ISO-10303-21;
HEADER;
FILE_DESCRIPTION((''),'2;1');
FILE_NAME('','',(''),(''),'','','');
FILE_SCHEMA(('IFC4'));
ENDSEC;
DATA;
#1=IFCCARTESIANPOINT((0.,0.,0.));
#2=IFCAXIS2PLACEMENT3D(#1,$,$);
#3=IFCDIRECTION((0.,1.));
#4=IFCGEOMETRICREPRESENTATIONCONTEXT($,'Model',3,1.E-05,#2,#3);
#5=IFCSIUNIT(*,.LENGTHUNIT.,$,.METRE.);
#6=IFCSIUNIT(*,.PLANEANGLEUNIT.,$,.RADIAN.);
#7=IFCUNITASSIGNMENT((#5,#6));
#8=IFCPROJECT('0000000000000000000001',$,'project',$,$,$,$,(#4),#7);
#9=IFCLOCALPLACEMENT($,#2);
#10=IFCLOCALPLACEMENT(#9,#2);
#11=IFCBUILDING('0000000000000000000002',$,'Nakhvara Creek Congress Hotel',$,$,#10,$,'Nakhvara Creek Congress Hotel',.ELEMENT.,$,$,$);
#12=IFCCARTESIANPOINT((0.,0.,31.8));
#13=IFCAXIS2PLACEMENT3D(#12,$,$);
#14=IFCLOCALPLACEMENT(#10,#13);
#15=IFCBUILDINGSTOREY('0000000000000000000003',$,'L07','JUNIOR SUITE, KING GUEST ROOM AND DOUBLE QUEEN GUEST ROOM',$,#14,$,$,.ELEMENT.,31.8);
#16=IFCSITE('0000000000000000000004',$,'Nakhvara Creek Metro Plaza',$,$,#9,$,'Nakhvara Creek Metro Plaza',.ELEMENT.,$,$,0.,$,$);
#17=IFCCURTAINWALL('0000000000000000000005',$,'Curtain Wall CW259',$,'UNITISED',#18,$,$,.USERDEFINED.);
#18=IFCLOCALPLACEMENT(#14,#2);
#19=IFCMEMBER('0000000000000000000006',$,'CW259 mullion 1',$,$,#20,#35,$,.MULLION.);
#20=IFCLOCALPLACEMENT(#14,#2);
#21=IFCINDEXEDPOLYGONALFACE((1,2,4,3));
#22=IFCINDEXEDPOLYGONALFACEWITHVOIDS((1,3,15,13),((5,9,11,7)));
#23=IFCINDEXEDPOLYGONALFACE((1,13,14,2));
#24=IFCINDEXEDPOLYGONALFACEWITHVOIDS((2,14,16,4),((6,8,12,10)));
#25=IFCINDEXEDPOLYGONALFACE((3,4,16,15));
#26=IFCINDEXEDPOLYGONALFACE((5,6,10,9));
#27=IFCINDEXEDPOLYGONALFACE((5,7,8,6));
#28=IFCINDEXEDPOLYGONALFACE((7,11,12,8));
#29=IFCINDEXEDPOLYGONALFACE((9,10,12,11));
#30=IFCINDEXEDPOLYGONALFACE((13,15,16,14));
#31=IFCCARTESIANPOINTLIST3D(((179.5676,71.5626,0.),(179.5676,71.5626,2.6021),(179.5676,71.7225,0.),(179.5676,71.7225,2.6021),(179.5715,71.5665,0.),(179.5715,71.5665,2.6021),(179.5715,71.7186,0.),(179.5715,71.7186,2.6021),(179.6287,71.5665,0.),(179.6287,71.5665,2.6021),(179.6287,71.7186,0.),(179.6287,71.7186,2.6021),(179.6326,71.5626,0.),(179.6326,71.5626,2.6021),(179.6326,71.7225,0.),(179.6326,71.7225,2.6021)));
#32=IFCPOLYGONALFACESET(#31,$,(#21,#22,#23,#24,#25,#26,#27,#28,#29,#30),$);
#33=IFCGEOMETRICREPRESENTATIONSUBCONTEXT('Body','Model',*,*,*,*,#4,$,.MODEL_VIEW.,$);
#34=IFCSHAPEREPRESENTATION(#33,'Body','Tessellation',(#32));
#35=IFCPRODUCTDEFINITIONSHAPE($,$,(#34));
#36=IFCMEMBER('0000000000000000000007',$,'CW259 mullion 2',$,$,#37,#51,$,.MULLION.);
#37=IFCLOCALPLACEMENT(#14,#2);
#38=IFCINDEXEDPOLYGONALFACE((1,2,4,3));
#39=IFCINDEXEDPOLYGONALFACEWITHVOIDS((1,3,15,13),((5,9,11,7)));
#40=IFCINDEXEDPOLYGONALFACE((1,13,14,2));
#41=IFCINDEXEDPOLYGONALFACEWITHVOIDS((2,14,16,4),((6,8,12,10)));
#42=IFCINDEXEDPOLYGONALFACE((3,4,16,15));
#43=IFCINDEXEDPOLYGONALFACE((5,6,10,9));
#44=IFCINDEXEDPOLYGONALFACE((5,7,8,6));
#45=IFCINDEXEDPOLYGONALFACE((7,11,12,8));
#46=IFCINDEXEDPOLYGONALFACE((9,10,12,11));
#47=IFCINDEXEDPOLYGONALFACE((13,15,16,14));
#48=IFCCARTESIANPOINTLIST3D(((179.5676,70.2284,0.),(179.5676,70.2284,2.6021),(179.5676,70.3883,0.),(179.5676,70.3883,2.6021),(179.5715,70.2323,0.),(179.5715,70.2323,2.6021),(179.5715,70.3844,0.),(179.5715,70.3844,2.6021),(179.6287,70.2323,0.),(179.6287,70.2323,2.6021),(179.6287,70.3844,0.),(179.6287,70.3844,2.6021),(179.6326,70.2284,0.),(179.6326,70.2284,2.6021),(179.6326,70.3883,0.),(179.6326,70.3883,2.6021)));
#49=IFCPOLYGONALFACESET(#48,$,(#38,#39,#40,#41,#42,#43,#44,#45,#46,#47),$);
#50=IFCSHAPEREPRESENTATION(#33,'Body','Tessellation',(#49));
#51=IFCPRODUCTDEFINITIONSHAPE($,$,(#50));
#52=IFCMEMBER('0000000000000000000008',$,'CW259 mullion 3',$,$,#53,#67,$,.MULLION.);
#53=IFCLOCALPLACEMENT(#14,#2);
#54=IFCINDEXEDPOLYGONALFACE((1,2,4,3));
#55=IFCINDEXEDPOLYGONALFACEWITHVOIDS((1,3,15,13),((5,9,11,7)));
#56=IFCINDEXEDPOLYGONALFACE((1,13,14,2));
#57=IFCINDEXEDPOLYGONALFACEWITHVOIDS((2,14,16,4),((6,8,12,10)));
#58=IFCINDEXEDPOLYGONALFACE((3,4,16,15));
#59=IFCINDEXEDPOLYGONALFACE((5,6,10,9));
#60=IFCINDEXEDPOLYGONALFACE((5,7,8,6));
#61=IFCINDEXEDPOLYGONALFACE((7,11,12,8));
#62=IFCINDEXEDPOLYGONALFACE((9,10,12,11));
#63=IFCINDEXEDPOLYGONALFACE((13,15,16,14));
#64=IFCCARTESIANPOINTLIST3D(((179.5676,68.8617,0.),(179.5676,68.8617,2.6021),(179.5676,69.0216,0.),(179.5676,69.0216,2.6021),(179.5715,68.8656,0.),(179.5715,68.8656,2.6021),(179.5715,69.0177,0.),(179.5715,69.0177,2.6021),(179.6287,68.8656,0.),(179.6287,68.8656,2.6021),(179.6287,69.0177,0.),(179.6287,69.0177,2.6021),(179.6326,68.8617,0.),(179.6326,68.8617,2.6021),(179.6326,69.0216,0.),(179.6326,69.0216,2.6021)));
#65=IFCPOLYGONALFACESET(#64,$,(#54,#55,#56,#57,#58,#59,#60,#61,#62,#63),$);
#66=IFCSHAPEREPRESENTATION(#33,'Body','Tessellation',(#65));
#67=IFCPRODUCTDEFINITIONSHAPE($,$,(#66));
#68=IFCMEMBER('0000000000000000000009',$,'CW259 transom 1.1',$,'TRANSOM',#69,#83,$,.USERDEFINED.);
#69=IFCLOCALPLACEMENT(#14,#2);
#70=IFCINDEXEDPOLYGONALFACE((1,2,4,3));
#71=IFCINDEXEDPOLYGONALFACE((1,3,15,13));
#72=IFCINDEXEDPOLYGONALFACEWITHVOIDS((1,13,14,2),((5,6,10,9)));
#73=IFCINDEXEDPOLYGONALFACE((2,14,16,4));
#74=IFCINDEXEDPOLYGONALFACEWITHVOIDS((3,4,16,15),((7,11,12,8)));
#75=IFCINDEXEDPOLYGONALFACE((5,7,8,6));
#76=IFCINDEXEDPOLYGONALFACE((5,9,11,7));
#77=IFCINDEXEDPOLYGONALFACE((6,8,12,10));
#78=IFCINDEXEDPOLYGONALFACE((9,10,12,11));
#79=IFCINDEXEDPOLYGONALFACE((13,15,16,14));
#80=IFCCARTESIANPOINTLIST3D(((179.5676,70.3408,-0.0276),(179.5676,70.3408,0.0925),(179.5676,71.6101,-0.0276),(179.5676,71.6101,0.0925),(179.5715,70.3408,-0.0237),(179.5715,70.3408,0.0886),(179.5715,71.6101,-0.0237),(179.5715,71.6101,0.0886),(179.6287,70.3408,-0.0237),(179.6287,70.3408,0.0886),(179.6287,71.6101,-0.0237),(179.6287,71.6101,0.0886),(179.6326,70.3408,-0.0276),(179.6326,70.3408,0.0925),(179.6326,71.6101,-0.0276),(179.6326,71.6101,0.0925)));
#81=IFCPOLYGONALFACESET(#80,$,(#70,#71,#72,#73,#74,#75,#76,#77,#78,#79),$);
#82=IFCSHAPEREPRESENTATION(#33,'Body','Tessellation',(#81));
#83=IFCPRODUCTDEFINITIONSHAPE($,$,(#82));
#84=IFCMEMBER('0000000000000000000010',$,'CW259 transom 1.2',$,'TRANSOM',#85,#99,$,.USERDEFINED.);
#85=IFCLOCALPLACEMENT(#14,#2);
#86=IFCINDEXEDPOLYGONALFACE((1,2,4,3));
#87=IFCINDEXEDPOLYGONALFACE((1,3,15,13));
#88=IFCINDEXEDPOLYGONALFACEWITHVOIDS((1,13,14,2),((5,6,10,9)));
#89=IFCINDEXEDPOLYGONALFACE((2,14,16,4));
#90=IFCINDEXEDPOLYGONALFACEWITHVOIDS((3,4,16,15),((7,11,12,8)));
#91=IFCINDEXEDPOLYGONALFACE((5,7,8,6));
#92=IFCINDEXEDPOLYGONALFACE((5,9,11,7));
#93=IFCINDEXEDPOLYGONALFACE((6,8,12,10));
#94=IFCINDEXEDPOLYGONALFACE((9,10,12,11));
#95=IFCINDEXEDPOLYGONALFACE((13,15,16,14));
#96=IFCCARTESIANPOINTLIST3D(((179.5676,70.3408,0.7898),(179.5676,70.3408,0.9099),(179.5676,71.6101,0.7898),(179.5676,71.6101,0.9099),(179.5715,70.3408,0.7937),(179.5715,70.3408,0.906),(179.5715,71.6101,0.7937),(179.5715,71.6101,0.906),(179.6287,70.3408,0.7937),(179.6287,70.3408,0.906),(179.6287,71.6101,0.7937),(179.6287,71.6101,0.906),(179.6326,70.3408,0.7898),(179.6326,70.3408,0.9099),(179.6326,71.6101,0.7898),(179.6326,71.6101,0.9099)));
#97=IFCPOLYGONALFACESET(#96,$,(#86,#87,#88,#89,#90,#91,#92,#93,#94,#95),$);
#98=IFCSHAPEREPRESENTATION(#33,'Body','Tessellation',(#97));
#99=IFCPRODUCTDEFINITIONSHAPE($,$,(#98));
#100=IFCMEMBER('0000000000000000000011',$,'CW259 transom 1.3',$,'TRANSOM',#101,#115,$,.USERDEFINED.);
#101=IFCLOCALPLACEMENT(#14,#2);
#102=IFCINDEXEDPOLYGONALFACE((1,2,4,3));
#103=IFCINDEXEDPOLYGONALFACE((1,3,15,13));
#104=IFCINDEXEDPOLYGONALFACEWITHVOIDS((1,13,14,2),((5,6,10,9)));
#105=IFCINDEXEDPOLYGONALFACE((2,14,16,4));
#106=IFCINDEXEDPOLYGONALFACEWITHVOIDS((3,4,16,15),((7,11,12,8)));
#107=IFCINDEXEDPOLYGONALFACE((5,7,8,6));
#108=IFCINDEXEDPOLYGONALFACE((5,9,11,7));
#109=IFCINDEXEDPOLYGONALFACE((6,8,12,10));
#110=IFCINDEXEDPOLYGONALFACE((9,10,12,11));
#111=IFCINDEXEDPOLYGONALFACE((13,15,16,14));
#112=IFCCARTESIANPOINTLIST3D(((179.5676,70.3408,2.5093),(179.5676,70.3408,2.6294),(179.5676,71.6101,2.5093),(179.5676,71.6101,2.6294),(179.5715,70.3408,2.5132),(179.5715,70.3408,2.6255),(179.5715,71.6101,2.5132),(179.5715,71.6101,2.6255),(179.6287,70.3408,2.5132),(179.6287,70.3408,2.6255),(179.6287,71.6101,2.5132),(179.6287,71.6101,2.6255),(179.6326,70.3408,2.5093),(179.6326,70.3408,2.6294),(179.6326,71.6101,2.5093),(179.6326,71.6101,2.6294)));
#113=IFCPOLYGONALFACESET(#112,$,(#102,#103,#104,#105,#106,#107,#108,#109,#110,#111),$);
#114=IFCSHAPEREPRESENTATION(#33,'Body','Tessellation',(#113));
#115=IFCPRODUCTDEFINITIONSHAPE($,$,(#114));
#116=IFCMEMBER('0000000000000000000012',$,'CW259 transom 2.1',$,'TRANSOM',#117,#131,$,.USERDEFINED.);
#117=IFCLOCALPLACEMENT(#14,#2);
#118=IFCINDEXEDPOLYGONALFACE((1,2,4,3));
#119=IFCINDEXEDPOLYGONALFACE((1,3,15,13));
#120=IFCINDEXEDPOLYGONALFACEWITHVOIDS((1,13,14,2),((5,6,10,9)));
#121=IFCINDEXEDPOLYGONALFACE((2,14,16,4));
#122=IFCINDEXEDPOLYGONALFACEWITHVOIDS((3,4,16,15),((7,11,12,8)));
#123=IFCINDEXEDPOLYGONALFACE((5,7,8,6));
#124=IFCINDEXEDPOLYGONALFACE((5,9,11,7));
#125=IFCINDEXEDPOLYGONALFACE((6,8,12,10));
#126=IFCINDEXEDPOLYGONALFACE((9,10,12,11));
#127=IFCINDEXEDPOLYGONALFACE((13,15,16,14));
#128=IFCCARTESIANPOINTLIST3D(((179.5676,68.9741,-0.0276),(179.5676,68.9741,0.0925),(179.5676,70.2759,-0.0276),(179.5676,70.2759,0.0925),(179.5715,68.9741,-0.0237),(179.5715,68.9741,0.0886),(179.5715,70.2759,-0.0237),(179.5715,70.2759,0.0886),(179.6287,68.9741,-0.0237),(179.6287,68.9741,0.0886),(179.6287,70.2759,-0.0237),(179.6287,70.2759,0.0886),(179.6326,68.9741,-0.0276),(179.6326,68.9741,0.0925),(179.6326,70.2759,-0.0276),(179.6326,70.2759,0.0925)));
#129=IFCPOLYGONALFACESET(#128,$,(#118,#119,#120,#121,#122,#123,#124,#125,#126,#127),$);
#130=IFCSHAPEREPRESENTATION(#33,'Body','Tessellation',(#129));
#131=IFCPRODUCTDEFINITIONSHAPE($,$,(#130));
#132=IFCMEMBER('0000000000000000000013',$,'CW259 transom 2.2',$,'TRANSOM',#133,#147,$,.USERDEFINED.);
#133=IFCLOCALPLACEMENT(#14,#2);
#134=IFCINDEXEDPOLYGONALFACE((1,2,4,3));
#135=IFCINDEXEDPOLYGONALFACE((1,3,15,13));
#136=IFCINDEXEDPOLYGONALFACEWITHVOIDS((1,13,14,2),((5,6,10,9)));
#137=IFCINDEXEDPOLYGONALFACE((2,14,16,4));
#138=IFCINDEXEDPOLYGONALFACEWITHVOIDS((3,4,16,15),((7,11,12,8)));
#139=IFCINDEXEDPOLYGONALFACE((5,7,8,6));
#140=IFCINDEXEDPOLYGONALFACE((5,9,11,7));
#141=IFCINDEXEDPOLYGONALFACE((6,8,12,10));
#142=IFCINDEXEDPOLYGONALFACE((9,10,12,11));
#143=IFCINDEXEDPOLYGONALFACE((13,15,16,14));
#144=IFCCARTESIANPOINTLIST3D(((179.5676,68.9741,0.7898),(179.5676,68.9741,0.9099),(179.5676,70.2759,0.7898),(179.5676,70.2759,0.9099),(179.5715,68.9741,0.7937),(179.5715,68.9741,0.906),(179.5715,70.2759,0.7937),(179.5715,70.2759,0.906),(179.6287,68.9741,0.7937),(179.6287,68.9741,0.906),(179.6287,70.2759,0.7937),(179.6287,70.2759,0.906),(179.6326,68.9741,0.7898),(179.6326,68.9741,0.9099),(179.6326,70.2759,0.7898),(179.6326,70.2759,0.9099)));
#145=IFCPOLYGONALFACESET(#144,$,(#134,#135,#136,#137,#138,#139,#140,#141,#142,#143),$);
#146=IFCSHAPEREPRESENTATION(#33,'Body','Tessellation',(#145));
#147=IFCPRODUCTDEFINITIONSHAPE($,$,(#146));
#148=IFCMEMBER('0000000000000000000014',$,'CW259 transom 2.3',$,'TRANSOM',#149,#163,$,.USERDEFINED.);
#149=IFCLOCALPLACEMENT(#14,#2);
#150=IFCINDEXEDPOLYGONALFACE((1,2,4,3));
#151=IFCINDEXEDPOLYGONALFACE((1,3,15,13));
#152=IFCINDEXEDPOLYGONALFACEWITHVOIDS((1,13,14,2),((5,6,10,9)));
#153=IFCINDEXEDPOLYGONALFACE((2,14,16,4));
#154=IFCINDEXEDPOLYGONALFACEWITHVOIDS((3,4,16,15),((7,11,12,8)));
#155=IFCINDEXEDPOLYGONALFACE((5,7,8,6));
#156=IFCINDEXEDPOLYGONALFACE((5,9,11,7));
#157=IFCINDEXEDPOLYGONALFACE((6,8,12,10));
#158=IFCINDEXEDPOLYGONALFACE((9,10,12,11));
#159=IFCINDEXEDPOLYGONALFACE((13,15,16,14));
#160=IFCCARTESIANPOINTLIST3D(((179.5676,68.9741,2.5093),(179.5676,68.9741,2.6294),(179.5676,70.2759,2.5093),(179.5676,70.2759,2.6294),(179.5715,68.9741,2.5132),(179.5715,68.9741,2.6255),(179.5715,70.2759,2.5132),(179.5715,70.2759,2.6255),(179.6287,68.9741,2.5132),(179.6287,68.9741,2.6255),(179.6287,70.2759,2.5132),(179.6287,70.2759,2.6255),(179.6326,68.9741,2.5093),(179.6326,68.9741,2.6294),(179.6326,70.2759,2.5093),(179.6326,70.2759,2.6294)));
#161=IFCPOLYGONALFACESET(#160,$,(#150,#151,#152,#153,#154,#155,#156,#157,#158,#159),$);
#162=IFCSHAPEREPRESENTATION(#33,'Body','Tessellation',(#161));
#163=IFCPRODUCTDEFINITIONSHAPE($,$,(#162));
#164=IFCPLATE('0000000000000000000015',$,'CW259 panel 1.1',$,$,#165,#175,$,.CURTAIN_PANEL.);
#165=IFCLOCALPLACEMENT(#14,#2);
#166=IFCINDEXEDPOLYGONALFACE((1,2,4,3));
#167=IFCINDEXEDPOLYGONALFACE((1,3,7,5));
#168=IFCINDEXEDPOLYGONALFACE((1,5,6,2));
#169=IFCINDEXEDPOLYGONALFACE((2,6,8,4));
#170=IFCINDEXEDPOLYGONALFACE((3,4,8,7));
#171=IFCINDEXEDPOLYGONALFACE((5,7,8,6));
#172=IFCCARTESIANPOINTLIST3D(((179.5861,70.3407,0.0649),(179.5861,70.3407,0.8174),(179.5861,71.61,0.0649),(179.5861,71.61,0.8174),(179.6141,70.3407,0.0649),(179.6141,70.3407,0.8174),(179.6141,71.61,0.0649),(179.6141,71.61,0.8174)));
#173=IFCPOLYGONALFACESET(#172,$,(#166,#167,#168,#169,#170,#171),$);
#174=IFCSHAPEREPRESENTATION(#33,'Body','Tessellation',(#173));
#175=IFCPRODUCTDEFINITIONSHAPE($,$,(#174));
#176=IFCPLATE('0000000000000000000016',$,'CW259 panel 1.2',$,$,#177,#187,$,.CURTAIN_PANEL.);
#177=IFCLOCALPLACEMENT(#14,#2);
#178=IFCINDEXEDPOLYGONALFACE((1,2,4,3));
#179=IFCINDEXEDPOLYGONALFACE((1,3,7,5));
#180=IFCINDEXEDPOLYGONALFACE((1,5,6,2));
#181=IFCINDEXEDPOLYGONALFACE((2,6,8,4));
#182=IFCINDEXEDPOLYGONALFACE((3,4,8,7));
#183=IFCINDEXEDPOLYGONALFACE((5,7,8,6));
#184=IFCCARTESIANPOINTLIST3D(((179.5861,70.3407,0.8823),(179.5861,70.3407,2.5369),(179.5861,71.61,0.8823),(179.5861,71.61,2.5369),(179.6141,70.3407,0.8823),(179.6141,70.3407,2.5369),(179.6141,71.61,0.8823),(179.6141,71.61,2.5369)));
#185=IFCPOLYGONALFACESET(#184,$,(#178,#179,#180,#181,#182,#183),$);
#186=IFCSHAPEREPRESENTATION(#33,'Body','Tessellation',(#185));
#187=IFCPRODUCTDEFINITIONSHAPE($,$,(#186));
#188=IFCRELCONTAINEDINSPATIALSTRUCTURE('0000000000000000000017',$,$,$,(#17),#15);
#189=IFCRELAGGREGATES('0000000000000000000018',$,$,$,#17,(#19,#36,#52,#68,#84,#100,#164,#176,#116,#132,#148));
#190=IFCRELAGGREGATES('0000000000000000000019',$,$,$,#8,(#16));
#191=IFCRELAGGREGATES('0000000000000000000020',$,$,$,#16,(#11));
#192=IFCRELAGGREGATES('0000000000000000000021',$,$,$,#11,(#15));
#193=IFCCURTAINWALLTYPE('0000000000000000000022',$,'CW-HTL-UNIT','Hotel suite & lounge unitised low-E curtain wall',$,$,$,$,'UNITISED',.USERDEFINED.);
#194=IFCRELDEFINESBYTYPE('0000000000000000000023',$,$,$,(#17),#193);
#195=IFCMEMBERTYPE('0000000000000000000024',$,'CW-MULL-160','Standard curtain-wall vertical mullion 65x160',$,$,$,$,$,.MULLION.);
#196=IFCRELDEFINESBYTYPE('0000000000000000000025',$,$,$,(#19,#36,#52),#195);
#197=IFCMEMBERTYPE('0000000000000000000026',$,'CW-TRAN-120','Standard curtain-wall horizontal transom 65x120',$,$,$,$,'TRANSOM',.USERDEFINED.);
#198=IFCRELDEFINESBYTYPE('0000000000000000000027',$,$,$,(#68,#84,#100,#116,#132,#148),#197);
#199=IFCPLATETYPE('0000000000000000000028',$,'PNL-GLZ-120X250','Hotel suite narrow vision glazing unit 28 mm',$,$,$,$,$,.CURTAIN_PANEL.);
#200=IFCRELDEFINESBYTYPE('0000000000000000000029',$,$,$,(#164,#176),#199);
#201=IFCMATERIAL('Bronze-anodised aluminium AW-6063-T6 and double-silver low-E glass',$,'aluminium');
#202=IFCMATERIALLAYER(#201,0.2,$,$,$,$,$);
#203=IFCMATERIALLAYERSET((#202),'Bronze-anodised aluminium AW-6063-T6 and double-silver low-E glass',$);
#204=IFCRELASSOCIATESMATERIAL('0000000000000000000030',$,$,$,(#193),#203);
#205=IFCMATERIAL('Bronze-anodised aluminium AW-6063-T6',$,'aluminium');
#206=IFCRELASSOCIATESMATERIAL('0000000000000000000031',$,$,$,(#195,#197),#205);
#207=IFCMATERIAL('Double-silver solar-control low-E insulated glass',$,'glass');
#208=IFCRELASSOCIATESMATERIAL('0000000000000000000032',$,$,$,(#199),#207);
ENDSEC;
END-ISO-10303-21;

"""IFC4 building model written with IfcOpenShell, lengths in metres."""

from ifc_helpers import new_model, si_unit, direction, frame, origin, origin_2d, place, context, subcontext, project, spatial, rectangle, hollow_rectangle, extrude, material, layer, layer_set, material_profile, profile_set, type_object, element, aggregate, save


model = new_model("IFC4")

# Units and contexts
model_context = context("Model", 3, precision=1e-05, world=origin(), true_north=direction((0.0, 1.0)))
body_context = subcontext(model_context, "Body", "Model", "MODEL_VIEW")
ifc_project = project(units=[si_unit("LENGTHUNIT", "METRE"), si_unit("PLANEANGLEUNIT", "RADIAN")], contexts=[model_context])

# Site, building, storey
site_placement = place(None, origin())
site = spatial("IfcSite", under=ifc_project, at=site_placement, Name="Nakhvara Creek Metro Plaza", LongName="Nakhvara Creek Metro Plaza", CompositionType="ELEMENT", RefElevation=0.0)
building_placement = place(site_placement, origin())
building = spatial("IfcBuilding", under=site, at=building_placement, Name="Nakhvara Creek Congress Hotel", LongName="Nakhvara Creek Congress Hotel", CompositionType="ELEMENT")
storey_placement = place(building_placement, frame((0.0, 0.0, 31.8)))
storey = spatial("IfcBuildingStorey", under=building, at=storey_placement, Name="L07", Description="JUNIOR SUITE, KING GUEST ROOM AND DOUBLE QUEEN GUEST ROOM", CompositionType="ELEMENT", Elevation=31.8)

# Curtain wall, members, plates
ifc_material_1 = material(Name="Bronze-anodised aluminium AW-6063-T6 and double-silver low-E glass", Category="aluminium")
ifc_layer_1 = layer(ifc_material_1, 0.2)
ifc_layer_set_1 = layer_set([ifc_layer_1], Name="Bronze-anodised aluminium AW-6063-T6 and double-silver low-E glass")
curtain_wall_type = type_object("IfcCurtainWallType", Name="CW-HTL-UNIT", Description="Hotel suite & lounge unitised low-E curtain wall", ElementType="UNITISED", PredefinedType="USERDEFINED", material=ifc_layer_set_1)
curtain_wall_placement = place(storey_placement, origin())
curtain_wall = element("IfcCurtainWall", 1, at=curtain_wall_placement, inside=storey, type_object=curtain_wall_type, Name="Curtain Wall CW259", ObjectType="UNITISED", PredefinedType="USERDEFINED")
ifc_material_2 = material(Name="Bronze-anodised aluminium AW-6063-T6", Category="aluminium")
ifc_material_profile_1 = material_profile(ifc_material_2, hollow_rectangle(XDim=0.0649, YDim=0.1599, WallThickness=0.0039, at=origin_2d()), Name="ALU-MULL 65x160x4", Category="LoadBearing")
ifc_profile_set_1 = profile_set([ifc_material_profile_1], Name="Bronze-anodised aluminium AW-6063-T6")
member_type_1 = type_object("IfcMemberType", Name="CW-MULL-160", Description="Standard curtain-wall vertical mullion 65x160", PredefinedType="MULLION", material=ifc_profile_set_1)
member_1_placement = place(storey_placement, frame((179.6001, 71.6426, 0.0), z_axis=(0.0, 0.0, 1.0), x_axis=(1.0, 0.0, 0.0)))
member_1 = element("IfcMember", 2, at=member_1_placement, type_object=member_type_1, Name="CW259 mullion 1", PredefinedType="MULLION", context=body_context, shape_type="SweptSolid", body=[
    extrude(hollow_rectangle(XDim=0.0649, YDim=0.1599, WallThickness=0.0039, at=origin_2d()), origin(), (0.0, 0.0, 1.0), 2.6021),
])
member_2_placement = place(storey_placement, frame((179.6001, 70.3083, 0.0), z_axis=(0.0, 0.0, 1.0), x_axis=(1.0, 0.0, 0.0)))
member_2 = element("IfcMember", 3, at=member_2_placement, type_object=member_type_1, Name="CW259 mullion 2", PredefinedType="MULLION", context=body_context, shape_type="SweptSolid", body=[
    extrude(hollow_rectangle(XDim=0.0649, YDim=0.1599, WallThickness=0.0039, at=origin_2d()), origin(), (0.0, 0.0, 1.0), 2.6021),
])
member_3_placement = place(storey_placement, frame((179.6001, 68.9417, 0.0), z_axis=(0.0, 0.0, 1.0), x_axis=(1.0, 0.0, 0.0)))
member_3 = element("IfcMember", 4, at=member_3_placement, type_object=member_type_1, Name="CW259 mullion 3", PredefinedType="MULLION", context=body_context, shape_type="SweptSolid", body=[
    extrude(hollow_rectangle(XDim=0.0649, YDim=0.1599, WallThickness=0.0039, at=origin_2d()), origin(), (0.0, 0.0, 1.0), 2.6021),
])
ifc_material_profile_2 = material_profile(ifc_material_2, hollow_rectangle(XDim=0.0649, YDim=0.1201, WallThickness=0.0039, at=origin_2d()), Name="ALU-TRAN 65x120x4", Category="LoadBearing")
ifc_profile_set_2 = profile_set([ifc_material_profile_2], Name="Bronze-anodised aluminium AW-6063-T6")
member_type_2 = type_object("IfcMemberType", Name="CW-TRAN-120", Description="Standard curtain-wall horizontal transom 65x120", ElementType="TRANSOM", PredefinedType="USERDEFINED", material=ifc_profile_set_2)
member_4_placement = place(storey_placement, frame((179.6001, 71.6101, 0.0325), z_axis=(0.0, -1.0, 0.0), x_axis=(1.0, 0.0, 0.0)))
member_4 = element("IfcMember", 5, at=member_4_placement, type_object=member_type_2, Name="CW259 transom 1.1", ObjectType="TRANSOM", PredefinedType="USERDEFINED", context=body_context, shape_type="SweptSolid", body=[
    extrude(hollow_rectangle(XDim=0.0649, YDim=0.1201, WallThickness=0.0039, at=origin_2d()), origin(), (0.0, 0.0, 1.0), 1.2693),
])
member_5_placement = place(storey_placement, frame((179.6001, 71.6101, 0.8499), z_axis=(0.0, -1.0, 0.0), x_axis=(1.0, 0.0, 0.0)))
member_5 = element("IfcMember", 6, at=member_5_placement, type_object=member_type_2, Name="CW259 transom 1.2", ObjectType="TRANSOM", PredefinedType="USERDEFINED", context=body_context, shape_type="SweptSolid", body=[
    extrude(hollow_rectangle(XDim=0.0649, YDim=0.1201, WallThickness=0.0039, at=origin_2d()), origin(), (0.0, 0.0, 1.0), 1.2693),
])
member_6_placement = place(storey_placement, frame((179.6001, 71.6101, 2.5693), z_axis=(0.0, -1.0, 0.0), x_axis=(1.0, 0.0, 0.0)))
member_6 = element("IfcMember", 7, at=member_6_placement, type_object=member_type_2, Name="CW259 transom 1.3", ObjectType="TRANSOM", PredefinedType="USERDEFINED", context=body_context, shape_type="SweptSolid", body=[
    extrude(hollow_rectangle(XDim=0.0649, YDim=0.1201, WallThickness=0.0039, at=origin_2d()), origin(), (0.0, 0.0, 1.0), 1.2693),
])
member_7_placement = place(storey_placement, frame((179.6001, 70.2759, 0.0325), z_axis=(0.0, -1.0, 0.0), x_axis=(1.0, 0.0, 0.0)))
member_7 = element("IfcMember", 8, at=member_7_placement, type_object=member_type_2, Name="CW259 transom 2.1", ObjectType="TRANSOM", PredefinedType="USERDEFINED", context=body_context, shape_type="SweptSolid", body=[
    extrude(hollow_rectangle(XDim=0.0649, YDim=0.1201, WallThickness=0.0039, at=origin_2d()), origin(), (0.0, 0.0, 1.0), 1.3018),
])
member_8_placement = place(storey_placement, frame((179.6001, 70.2759, 0.8499), z_axis=(0.0, -1.0, 0.0), x_axis=(1.0, 0.0, 0.0)))
member_8 = element("IfcMember", 9, at=member_8_placement, type_object=member_type_2, Name="CW259 transom 2.2", ObjectType="TRANSOM", PredefinedType="USERDEFINED", context=body_context, shape_type="SweptSolid", body=[
    extrude(hollow_rectangle(XDim=0.0649, YDim=0.1201, WallThickness=0.0039, at=origin_2d()), origin(), (0.0, 0.0, 1.0), 1.3018),
])
member_9_placement = place(storey_placement, frame((179.6001, 70.2759, 2.5693), z_axis=(0.0, -1.0, 0.0), x_axis=(1.0, 0.0, 0.0)))
member_9 = element("IfcMember", 10, at=member_9_placement, type_object=member_type_2, Name="CW259 transom 2.3", ObjectType="TRANSOM", PredefinedType="USERDEFINED", context=body_context, shape_type="SweptSolid", body=[
    extrude(hollow_rectangle(XDim=0.0649, YDim=0.1201, WallThickness=0.0039, at=origin_2d()), origin(), (0.0, 0.0, 1.0), 1.3018),
])
ifc_material_3 = material(Name="Double-silver solar-control low-E insulated glass", Category="glass")
plate_type = type_object("IfcPlateType", Name="PNL-GLZ-120X250", Description="Hotel suite narrow vision glazing unit 28 mm", PredefinedType="CURTAIN_PANEL", material=ifc_material_3)
plate_1_placement = place(storey_placement, frame((179.6001, 70.9753, 0.0649), z_axis=(0.0, 0.0, 1.0), x_axis=(0.0, -1.0, 0.0)))
plate_1 = element("IfcPlate", 11, at=plate_1_placement, type_object=plate_type, Name="CW259 panel 1.1", PredefinedType="CURTAIN_PANEL", context=body_context, shape_type="SweptSolid", body=[
    extrude(rectangle(XDim=1.2693, YDim=0.0281, at=origin_2d()), origin(), (0.0, 0.0, 1.0), 0.7524),
])
plate_2_placement = place(storey_placement, frame((179.6001, 70.9753, 0.8823), z_axis=(0.0, 0.0, 1.0), x_axis=(0.0, -1.0, 0.0)))
plate_2 = element("IfcPlate", 12, at=plate_2_placement, type_object=plate_type, Name="CW259 panel 1.2", PredefinedType="CURTAIN_PANEL", context=body_context, shape_type="SweptSolid", body=[
    extrude(rectangle(XDim=1.2693, YDim=0.0281, at=origin_2d()), origin(), (0.0, 0.0, 1.0), 1.6545),
])
aggregate(curtain_wall, [member_1, member_2, member_3, member_4, member_5, member_6, plate_1, plate_2, member_7, member_8, member_9])

save(model, "model.ifc")
